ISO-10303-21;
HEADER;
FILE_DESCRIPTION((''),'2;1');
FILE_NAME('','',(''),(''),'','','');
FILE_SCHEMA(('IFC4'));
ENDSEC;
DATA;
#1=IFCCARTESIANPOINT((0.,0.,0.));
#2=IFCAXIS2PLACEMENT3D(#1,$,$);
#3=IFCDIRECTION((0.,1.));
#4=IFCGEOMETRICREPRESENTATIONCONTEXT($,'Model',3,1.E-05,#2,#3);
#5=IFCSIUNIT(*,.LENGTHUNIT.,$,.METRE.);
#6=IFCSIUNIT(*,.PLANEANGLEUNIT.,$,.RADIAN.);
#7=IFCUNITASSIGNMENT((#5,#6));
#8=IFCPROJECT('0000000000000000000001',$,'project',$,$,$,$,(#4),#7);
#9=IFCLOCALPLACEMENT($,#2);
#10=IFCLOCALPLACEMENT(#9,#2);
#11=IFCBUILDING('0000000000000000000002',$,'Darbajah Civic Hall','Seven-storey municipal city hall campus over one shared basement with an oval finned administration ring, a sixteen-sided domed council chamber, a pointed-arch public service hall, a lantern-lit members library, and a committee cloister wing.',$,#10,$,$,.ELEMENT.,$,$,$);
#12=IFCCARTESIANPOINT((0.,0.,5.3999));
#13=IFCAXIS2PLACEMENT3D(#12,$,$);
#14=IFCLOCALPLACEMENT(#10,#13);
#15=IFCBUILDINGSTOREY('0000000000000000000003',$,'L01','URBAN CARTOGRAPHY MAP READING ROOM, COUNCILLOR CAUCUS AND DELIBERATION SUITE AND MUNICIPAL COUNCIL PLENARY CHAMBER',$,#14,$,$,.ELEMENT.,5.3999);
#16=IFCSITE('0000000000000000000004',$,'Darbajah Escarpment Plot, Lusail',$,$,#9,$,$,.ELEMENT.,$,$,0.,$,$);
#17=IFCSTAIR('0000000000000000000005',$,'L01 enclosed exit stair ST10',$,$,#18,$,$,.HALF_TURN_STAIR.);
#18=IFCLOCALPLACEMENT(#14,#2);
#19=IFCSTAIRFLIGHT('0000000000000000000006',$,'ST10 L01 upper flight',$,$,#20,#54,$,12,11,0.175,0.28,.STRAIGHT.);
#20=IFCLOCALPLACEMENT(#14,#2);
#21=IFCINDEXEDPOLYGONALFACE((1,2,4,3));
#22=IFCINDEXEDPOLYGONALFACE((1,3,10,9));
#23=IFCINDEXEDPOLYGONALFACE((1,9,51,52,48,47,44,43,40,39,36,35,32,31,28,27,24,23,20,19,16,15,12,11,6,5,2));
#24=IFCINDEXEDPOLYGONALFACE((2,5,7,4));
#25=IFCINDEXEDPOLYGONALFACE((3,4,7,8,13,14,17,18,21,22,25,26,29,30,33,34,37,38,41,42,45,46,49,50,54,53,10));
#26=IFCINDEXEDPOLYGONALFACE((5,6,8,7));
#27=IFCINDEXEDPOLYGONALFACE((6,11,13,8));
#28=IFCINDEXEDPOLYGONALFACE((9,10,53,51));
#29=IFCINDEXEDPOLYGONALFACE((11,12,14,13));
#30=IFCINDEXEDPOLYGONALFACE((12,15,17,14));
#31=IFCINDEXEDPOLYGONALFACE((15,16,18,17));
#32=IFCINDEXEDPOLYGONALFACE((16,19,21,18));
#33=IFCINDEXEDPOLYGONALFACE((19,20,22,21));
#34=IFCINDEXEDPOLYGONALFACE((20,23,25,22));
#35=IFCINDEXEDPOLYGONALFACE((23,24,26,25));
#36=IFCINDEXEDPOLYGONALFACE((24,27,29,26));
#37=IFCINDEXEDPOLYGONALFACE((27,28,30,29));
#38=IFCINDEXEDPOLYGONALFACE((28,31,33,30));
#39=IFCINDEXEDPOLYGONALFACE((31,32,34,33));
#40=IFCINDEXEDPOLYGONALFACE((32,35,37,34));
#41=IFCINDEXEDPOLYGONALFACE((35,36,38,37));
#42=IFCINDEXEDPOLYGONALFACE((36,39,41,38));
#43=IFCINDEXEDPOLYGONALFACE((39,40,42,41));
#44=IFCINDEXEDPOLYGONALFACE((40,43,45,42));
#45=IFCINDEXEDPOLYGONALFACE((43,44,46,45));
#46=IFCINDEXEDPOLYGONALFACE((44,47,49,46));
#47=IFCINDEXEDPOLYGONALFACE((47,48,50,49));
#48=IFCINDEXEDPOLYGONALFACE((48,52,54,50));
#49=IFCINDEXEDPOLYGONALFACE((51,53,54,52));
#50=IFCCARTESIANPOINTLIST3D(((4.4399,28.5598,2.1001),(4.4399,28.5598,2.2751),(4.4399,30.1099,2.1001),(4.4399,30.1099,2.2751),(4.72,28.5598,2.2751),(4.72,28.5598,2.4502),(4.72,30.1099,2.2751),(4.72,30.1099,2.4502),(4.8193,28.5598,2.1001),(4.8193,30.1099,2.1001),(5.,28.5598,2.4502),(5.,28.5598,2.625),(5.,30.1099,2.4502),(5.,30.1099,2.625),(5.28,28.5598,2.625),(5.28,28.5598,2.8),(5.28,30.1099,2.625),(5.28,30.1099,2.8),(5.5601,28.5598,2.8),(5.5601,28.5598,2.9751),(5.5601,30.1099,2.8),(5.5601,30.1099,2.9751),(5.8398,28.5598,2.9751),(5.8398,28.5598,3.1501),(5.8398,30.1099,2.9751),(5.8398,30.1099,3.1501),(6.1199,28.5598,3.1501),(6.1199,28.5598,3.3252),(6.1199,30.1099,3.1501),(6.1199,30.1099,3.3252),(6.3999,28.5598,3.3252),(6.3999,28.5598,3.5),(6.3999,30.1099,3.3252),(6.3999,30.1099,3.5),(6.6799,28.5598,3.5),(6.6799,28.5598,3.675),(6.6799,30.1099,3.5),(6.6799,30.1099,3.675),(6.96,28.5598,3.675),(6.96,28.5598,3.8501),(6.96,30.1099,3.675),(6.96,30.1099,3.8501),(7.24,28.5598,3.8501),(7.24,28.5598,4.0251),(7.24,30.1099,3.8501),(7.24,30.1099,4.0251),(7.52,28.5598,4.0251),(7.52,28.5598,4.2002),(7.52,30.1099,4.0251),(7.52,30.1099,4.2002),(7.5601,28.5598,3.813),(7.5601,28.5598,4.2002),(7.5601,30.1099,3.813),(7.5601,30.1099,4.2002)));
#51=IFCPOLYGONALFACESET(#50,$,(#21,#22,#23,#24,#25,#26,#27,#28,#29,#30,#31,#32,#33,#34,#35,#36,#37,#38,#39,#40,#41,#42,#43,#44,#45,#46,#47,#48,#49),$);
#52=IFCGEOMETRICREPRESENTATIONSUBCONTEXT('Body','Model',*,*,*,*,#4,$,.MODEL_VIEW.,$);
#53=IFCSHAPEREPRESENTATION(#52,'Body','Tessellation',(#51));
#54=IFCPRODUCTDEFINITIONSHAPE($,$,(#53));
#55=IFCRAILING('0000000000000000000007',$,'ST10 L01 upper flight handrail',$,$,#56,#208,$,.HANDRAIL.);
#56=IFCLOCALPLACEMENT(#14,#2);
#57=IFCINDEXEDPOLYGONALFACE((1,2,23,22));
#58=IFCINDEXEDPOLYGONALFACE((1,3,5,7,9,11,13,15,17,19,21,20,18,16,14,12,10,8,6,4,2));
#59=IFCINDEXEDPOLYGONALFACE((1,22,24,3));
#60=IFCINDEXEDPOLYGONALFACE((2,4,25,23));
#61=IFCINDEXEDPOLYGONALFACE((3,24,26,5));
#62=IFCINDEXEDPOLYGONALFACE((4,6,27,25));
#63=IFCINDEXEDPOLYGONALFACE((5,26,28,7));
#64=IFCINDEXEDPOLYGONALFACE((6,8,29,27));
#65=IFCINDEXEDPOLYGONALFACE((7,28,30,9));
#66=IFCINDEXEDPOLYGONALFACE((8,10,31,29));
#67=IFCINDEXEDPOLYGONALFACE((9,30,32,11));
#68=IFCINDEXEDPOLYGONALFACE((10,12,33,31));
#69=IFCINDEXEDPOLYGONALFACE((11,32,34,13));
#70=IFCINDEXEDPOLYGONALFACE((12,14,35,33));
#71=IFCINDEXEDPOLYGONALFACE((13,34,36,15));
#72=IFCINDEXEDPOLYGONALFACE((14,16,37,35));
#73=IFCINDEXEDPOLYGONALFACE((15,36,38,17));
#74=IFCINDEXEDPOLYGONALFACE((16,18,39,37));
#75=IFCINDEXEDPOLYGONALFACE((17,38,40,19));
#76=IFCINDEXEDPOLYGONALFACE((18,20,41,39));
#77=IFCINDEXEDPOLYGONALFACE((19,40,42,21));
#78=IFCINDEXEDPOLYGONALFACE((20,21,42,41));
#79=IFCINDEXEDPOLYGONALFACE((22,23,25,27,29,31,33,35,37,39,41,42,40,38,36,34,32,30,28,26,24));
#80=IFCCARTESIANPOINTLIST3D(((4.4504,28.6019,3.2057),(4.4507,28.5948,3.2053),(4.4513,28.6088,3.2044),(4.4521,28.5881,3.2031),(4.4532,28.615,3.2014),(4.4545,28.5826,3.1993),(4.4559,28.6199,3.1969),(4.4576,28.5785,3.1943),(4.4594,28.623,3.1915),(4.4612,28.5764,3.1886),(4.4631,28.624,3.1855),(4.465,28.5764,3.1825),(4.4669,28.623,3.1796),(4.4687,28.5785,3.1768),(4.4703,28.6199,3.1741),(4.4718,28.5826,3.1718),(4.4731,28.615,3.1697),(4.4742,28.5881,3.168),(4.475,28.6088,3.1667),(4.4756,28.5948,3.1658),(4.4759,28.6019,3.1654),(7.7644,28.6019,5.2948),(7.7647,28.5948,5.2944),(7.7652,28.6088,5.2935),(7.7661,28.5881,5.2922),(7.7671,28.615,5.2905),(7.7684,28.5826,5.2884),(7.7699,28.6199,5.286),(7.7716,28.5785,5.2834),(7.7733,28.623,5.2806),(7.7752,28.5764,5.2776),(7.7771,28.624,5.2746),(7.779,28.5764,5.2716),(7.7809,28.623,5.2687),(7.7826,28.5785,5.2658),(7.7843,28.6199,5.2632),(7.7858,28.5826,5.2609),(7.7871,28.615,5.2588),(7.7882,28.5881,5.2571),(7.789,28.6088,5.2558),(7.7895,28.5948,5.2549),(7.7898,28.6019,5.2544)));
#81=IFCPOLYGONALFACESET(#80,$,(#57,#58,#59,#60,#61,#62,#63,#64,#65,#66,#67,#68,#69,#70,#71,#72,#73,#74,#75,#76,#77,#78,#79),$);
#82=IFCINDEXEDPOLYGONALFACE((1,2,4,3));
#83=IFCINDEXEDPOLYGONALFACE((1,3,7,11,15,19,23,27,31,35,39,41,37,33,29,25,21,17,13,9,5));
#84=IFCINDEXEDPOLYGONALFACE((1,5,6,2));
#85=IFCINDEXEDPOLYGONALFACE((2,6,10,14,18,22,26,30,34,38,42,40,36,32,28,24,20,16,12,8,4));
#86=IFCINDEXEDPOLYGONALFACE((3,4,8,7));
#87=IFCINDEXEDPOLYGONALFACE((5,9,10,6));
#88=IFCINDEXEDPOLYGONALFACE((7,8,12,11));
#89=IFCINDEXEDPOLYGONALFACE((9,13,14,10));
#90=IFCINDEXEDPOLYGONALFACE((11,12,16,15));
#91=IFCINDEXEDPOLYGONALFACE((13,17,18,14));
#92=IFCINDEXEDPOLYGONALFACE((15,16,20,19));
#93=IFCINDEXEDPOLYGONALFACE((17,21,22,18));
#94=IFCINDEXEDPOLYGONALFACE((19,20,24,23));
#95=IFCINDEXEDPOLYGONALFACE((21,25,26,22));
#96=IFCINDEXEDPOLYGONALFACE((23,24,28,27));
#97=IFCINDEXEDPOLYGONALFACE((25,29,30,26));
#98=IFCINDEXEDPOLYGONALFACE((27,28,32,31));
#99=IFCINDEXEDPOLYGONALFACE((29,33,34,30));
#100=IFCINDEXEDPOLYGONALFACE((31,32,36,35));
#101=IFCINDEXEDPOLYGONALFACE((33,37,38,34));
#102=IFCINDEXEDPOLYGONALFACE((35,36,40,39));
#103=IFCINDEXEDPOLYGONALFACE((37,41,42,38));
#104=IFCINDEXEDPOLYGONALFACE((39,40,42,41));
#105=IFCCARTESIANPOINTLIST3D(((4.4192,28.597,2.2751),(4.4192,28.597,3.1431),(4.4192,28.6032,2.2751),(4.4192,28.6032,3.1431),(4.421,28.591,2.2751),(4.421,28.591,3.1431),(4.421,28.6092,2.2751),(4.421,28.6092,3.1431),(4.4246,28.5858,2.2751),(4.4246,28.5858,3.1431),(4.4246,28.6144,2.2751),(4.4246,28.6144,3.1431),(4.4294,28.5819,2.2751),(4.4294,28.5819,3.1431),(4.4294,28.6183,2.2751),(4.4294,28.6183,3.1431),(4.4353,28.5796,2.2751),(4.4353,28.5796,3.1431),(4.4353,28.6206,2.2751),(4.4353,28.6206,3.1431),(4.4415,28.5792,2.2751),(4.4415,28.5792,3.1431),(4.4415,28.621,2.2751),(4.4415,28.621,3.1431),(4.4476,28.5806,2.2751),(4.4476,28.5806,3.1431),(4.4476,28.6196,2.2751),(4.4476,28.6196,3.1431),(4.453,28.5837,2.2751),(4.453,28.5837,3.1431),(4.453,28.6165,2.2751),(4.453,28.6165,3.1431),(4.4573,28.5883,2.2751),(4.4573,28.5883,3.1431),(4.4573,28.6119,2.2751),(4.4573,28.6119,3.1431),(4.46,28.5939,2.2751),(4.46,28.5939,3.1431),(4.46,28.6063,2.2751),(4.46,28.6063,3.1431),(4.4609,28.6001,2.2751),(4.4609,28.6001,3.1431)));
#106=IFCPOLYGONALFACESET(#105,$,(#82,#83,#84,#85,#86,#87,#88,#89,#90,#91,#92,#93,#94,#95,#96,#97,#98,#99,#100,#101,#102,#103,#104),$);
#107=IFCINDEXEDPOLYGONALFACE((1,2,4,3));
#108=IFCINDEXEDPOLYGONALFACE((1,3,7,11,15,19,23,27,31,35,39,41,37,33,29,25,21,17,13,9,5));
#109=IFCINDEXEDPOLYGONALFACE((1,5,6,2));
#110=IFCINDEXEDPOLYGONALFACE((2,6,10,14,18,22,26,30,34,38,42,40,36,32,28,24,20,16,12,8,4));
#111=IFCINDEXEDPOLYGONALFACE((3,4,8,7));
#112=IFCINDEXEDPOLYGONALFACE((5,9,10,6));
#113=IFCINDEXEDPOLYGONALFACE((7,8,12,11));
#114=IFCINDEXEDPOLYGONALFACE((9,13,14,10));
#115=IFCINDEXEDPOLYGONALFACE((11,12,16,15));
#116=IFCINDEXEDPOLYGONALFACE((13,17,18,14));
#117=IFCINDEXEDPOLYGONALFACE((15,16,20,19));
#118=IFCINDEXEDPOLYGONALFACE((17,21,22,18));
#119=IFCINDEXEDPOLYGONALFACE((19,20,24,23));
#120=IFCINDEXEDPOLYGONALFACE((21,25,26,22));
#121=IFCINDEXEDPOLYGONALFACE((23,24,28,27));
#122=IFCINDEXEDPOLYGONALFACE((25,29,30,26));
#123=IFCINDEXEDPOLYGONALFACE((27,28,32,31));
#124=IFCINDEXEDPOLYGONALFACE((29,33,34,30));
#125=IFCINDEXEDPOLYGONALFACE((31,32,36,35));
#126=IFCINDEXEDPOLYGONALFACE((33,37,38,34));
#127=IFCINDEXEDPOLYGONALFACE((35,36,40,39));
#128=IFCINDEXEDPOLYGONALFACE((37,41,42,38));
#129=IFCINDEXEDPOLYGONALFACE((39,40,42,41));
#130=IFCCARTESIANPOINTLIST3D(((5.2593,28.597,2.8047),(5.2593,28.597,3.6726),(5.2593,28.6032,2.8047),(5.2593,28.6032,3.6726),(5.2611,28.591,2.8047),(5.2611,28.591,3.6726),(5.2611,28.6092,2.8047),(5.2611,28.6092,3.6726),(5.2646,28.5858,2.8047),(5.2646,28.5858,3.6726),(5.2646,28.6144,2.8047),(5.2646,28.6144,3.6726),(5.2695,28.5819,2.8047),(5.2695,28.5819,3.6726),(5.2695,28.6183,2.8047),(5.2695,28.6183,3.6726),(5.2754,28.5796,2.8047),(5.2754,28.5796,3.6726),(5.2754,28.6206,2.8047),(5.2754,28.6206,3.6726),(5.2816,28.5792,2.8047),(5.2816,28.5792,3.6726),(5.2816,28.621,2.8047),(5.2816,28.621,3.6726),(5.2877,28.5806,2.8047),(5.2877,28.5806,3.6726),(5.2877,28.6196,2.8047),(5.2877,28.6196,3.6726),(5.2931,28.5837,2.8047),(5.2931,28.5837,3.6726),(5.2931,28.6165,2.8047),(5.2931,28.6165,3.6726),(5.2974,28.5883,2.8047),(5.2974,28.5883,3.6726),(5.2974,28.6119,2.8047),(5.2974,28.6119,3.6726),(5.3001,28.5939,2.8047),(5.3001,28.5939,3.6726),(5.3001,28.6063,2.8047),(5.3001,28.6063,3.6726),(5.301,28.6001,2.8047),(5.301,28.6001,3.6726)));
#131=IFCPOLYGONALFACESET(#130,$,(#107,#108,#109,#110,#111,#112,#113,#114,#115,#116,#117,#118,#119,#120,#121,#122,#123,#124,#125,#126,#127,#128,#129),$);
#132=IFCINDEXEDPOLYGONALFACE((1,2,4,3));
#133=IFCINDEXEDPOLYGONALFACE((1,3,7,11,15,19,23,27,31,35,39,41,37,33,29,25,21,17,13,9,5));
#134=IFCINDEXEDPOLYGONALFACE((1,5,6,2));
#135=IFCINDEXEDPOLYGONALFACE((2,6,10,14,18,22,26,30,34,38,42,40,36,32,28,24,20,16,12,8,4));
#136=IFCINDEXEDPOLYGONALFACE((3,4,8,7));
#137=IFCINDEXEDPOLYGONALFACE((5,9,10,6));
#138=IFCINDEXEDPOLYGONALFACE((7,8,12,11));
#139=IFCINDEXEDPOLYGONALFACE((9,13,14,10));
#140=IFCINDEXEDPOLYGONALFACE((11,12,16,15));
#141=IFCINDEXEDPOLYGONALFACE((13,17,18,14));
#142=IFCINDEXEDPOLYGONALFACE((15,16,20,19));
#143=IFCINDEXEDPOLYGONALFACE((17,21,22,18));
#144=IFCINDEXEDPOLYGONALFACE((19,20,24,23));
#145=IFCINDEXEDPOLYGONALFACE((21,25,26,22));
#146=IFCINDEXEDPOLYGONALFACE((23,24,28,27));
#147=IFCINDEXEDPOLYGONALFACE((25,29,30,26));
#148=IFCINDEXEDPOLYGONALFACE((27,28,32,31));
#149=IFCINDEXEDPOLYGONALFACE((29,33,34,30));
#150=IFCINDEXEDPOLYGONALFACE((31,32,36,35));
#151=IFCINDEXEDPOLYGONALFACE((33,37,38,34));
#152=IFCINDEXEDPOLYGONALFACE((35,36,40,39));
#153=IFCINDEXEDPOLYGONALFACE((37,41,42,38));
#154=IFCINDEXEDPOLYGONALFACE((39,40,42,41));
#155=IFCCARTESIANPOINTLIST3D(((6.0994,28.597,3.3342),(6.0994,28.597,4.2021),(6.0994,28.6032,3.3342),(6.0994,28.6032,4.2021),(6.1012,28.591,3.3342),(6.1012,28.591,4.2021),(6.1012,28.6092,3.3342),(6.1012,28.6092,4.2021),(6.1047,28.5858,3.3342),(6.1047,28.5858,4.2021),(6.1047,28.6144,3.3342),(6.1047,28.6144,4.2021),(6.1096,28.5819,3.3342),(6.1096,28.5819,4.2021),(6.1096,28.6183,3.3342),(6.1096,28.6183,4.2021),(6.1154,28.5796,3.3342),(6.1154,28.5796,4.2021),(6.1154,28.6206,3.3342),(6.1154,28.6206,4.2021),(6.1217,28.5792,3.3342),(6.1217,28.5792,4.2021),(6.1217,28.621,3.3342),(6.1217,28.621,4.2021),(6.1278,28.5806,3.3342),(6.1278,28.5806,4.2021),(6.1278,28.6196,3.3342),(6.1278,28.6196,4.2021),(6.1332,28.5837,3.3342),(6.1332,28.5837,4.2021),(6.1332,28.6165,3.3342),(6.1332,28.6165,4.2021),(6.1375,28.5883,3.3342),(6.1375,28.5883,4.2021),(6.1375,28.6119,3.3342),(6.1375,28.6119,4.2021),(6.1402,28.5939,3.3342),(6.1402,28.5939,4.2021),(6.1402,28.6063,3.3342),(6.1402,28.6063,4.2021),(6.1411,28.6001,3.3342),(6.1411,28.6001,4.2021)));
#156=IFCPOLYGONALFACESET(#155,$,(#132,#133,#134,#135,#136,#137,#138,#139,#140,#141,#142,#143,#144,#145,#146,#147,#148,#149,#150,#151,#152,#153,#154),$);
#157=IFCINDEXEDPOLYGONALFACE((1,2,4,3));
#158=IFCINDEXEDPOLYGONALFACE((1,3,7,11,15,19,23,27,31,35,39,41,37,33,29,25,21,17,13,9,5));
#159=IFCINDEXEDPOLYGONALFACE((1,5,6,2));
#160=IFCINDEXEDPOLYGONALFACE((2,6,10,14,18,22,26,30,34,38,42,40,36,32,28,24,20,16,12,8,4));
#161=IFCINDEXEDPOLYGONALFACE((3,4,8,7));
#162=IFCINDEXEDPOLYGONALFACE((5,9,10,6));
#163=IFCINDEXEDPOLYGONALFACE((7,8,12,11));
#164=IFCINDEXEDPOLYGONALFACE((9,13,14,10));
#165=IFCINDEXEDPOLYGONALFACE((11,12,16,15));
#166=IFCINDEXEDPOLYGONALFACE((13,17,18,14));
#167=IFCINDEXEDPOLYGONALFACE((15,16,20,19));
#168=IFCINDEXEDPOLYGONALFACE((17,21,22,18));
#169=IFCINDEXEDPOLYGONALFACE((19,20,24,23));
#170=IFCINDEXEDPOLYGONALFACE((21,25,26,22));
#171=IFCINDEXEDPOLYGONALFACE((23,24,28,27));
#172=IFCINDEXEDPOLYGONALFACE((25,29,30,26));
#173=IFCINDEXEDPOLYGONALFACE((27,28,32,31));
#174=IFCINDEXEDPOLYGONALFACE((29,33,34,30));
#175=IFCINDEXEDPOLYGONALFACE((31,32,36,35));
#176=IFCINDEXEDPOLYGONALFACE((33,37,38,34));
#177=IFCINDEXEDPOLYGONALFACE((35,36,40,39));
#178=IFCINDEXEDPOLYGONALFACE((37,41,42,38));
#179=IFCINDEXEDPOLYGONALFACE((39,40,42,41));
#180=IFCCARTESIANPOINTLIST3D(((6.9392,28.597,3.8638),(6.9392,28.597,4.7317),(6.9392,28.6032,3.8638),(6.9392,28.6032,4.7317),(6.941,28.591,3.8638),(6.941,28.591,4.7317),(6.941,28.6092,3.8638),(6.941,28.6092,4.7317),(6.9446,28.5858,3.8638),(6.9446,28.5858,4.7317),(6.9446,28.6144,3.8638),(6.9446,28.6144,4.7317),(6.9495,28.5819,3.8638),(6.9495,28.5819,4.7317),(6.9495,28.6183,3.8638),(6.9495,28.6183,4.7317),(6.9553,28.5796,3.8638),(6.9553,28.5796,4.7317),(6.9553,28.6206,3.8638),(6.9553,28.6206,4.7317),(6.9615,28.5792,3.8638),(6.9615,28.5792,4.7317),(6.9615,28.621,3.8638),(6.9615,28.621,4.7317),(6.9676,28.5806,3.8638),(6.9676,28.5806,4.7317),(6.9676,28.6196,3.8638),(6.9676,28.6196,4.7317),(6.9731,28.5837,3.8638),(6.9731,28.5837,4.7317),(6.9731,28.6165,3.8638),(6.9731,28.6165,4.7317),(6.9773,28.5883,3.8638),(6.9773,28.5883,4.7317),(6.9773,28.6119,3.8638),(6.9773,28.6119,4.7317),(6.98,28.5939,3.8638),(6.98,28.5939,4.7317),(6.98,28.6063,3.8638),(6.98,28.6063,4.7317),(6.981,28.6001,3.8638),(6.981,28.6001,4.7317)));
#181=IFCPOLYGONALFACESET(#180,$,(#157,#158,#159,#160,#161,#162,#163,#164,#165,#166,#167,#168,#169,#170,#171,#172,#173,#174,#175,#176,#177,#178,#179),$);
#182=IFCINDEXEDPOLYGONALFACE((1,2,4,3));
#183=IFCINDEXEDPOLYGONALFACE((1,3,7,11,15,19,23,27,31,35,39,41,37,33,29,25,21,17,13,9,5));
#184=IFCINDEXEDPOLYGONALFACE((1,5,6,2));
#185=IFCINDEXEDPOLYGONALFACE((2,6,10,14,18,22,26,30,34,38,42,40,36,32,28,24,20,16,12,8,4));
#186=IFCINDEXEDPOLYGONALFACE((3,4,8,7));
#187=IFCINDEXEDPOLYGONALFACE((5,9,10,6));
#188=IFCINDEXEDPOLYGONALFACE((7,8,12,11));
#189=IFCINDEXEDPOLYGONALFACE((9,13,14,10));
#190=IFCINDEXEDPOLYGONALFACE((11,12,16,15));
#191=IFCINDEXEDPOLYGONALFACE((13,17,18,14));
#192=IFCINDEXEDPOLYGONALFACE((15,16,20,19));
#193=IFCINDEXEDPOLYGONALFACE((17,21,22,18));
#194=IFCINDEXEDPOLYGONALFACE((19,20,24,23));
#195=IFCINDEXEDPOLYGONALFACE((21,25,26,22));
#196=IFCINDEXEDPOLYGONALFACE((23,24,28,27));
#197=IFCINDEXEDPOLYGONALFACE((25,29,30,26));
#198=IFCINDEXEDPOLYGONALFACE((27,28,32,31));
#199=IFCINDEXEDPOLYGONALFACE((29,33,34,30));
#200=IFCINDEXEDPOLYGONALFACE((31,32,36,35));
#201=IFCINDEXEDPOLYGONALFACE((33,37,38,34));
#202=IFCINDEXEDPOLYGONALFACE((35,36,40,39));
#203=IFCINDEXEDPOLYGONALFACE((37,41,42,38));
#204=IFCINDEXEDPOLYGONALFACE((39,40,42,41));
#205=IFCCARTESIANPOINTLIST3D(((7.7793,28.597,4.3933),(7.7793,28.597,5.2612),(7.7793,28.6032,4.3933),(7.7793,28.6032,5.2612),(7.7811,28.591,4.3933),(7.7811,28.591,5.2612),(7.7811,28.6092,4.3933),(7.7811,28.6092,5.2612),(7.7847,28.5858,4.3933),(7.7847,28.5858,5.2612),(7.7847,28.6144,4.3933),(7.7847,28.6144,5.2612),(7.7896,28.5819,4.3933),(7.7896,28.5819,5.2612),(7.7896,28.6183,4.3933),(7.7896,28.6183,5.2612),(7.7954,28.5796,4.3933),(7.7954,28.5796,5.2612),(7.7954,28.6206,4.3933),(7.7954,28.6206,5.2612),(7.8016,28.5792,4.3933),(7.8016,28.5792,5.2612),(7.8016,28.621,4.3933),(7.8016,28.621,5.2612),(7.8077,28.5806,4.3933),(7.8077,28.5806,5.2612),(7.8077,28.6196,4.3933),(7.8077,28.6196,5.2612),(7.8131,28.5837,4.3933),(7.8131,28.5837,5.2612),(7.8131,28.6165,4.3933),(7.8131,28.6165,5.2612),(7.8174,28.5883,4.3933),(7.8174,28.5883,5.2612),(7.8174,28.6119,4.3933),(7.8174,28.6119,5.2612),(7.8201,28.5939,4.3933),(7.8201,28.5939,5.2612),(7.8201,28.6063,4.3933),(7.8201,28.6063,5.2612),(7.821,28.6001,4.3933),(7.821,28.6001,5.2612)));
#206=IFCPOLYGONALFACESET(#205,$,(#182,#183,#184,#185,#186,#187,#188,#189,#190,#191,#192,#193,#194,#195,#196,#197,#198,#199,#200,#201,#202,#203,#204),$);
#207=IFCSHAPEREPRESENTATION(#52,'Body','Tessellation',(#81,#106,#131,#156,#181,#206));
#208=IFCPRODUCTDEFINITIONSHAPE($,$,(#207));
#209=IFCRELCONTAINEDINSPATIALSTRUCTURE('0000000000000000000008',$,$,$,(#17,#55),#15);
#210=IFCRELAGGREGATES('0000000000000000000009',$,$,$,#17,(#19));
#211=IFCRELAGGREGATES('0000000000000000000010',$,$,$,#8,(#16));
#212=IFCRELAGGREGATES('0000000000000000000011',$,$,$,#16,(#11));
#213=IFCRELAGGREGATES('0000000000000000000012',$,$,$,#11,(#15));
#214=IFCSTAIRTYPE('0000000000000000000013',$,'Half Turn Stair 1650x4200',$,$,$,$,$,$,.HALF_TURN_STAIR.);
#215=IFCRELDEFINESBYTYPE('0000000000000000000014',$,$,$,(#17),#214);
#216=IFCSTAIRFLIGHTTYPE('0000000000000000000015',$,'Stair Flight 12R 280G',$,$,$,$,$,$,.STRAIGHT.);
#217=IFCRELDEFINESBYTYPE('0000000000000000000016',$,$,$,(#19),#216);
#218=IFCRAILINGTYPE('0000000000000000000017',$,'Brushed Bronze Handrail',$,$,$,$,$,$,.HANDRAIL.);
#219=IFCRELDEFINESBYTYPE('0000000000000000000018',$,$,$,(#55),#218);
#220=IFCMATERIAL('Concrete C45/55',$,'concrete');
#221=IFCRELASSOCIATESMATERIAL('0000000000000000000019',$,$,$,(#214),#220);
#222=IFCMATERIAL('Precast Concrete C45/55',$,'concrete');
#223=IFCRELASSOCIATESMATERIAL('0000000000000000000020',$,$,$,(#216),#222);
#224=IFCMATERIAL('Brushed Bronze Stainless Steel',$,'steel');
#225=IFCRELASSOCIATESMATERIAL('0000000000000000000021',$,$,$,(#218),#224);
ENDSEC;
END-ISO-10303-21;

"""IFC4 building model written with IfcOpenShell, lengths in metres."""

from ifc_helpers import new_model, si_unit, direction, frame, origin, origin_2d, place, context, subcontext, project, spatial, polyline, circle, outline, extrude, material, type_object, element, aggregate, save


model = new_model("IFC4")

# Units and contexts
model_context = context("Model", 3, precision=1e-05, world=origin(), true_north=direction((0.0, 1.0)))
body_context = subcontext(model_context, "Body", "Model", "MODEL_VIEW")
ifc_project = project(units=[si_unit("LENGTHUNIT", "METRE"), si_unit("PLANEANGLEUNIT", "RADIAN")], contexts=[model_context])

# Site, building, storey
site_placement = place(None, origin())
site = spatial("IfcSite", under=ifc_project, at=site_placement, Name="Darbajah Escarpment Plot, Lusail", CompositionType="ELEMENT", RefElevation=0.0)
building_placement = place(site_placement, origin())
building = spatial("IfcBuilding", under=site, at=building_placement, Name="Darbajah Civic Hall", Description="Seven-storey municipal city hall campus over one shared basement with an oval finned administration ring, a sixteen-sided domed council chamber, a pointed-arch public service hall, a lantern-lit members library, and a committee cloister wing.", CompositionType="ELEMENT")
storey_placement = place(building_placement, frame((0.0, 0.0, 5.3999)))
storey = spatial("IfcBuildingStorey", under=building, at=storey_placement, Name="L01", Description="URBAN CARTOGRAPHY MAP READING ROOM, COUNCILLOR CAUCUS AND DELIBERATION SUITE AND MUNICIPAL COUNCIL PLENARY CHAMBER", CompositionType="ELEMENT", Elevation=5.3999)

# Shared definitions
ifc_material_1 = material(Name="Concrete C45/55", Category="concrete")

# Stair, stair flight
stair_type = type_object("IfcStairType", Name="Half Turn Stair 1650x4200", PredefinedType="HALF_TURN_STAIR", material=ifc_material_1)
stair_placement = place(storey_placement, origin())
stair = element("IfcStair", 1, at=stair_placement, inside=storey, type_object=stair_type, Name="L01 enclosed exit stair ST10", PredefinedType="HALF_TURN_STAIR")
ifc_material_2 = material(Name="Precast Concrete C45/55", Category="concrete")
stair_flight_type = type_object("IfcStairFlightType", Name="Stair Flight 12R 280G", PredefinedType="STRAIGHT", material=ifc_material_2)
stair_flight_1_placement = place(storey_placement, frame((4.4399, 29.335, 2.1001), z_axis=(0.0, 0.0, 1.0), x_axis=(1.0, 0.0, 0.0)))
stair_flight_1 = element("IfcStairFlight", 2, at=stair_flight_1_placement, type_object=stair_flight_type, Name="ST10 L01 upper flight", NumberOfRisers=12, NumberOfTreads=11, PredefinedType="STRAIGHT", RiserHeight=0.175, TreadLength=0.28, context=body_context, shape_type="SweptSolid", body=[
    extrude(outline(polyline([(0.0, 0.0), (0.0, 0.175), (0.28, 0.175), (0.28, 0.3501), (0.5601, 0.3501), (0.5601, 0.5249), (0.8401, 0.5249), (0.8401, 0.7), (1.1201, 0.7), (1.1201, 0.875), (1.3999, 0.875), (1.3999, 1.05), (1.6799, 1.05), (1.6799, 1.2251), (1.96, 1.2251), (1.96, 1.3999), (2.24, 1.3999), (2.24, 1.575), (2.52, 1.575), (2.52, 1.75), (2.8, 1.75), (2.8, 1.925), (3.0801, 1.925), (3.0801, 2.1001), (3.1201, 2.1001), (3.1201, 1.7129), (0.3794, 0.0), (0.0, 0.0)])), frame((0.0, 0.7749, 0.0), z_axis=(0.0, -1.0, 0.0), x_axis=(1.0, 0.0, 0.0)), (0.0, 0.0, 1.0), 1.55),
])
aggregate(stair, [stair_flight_1])

# Railing
ifc_material_3 = material(Name="Brushed Bronze Stainless Steel", Category="steel")
railing_type_1 = type_object("IfcRailingType", Name="Brushed Bronze Handrail", PredefinedType="HANDRAIL", material=ifc_material_3)
railing_1_placement = place(storey_placement, frame((4.4399, 28.6001, 2.2751)))
element("IfcRailing", 3, at=railing_1_placement, inside=storey, type_object=railing_type_1, Name="ST10 L01 upper flight handrail", PredefinedType="HANDRAIL", context=body_context, shape_type="SweptSolid", body=[
    extrude(circle(Radius=0.0239, at=origin_2d()), frame((0.0232, 0.0, 0.9104), z_axis=(0.845944, 0.0, 0.533271), x_axis=(0.0, 1.0, 0.0)), (0.0, 0.0, 1.0), 3.9175),
    extrude(circle(Radius=0.021, at=origin_2d()), origin(), (0.0, 0.0, 1.0), 0.8679),
    extrude(circle(Radius=0.021, at=origin_2d()), frame((0.8401, 0.0, 0.5295)), (0.0, 0.0, 1.0), 0.8679),
    extrude(circle(Radius=0.021, at=origin_2d()), frame((1.6802, 0.0, 1.0591)), (0.0, 0.0, 1.0), 0.8679),
    extrude(circle(Radius=0.021, at=origin_2d()), frame((2.52, 0.0, 1.5886)), (0.0, 0.0, 1.0), 0.8679),
    extrude(circle(Radius=0.021, at=origin_2d()), frame((3.3601, 0.0, 2.1182)), (0.0, 0.0, 1.0), 0.8679),
])

save(model, "model.ifc")
